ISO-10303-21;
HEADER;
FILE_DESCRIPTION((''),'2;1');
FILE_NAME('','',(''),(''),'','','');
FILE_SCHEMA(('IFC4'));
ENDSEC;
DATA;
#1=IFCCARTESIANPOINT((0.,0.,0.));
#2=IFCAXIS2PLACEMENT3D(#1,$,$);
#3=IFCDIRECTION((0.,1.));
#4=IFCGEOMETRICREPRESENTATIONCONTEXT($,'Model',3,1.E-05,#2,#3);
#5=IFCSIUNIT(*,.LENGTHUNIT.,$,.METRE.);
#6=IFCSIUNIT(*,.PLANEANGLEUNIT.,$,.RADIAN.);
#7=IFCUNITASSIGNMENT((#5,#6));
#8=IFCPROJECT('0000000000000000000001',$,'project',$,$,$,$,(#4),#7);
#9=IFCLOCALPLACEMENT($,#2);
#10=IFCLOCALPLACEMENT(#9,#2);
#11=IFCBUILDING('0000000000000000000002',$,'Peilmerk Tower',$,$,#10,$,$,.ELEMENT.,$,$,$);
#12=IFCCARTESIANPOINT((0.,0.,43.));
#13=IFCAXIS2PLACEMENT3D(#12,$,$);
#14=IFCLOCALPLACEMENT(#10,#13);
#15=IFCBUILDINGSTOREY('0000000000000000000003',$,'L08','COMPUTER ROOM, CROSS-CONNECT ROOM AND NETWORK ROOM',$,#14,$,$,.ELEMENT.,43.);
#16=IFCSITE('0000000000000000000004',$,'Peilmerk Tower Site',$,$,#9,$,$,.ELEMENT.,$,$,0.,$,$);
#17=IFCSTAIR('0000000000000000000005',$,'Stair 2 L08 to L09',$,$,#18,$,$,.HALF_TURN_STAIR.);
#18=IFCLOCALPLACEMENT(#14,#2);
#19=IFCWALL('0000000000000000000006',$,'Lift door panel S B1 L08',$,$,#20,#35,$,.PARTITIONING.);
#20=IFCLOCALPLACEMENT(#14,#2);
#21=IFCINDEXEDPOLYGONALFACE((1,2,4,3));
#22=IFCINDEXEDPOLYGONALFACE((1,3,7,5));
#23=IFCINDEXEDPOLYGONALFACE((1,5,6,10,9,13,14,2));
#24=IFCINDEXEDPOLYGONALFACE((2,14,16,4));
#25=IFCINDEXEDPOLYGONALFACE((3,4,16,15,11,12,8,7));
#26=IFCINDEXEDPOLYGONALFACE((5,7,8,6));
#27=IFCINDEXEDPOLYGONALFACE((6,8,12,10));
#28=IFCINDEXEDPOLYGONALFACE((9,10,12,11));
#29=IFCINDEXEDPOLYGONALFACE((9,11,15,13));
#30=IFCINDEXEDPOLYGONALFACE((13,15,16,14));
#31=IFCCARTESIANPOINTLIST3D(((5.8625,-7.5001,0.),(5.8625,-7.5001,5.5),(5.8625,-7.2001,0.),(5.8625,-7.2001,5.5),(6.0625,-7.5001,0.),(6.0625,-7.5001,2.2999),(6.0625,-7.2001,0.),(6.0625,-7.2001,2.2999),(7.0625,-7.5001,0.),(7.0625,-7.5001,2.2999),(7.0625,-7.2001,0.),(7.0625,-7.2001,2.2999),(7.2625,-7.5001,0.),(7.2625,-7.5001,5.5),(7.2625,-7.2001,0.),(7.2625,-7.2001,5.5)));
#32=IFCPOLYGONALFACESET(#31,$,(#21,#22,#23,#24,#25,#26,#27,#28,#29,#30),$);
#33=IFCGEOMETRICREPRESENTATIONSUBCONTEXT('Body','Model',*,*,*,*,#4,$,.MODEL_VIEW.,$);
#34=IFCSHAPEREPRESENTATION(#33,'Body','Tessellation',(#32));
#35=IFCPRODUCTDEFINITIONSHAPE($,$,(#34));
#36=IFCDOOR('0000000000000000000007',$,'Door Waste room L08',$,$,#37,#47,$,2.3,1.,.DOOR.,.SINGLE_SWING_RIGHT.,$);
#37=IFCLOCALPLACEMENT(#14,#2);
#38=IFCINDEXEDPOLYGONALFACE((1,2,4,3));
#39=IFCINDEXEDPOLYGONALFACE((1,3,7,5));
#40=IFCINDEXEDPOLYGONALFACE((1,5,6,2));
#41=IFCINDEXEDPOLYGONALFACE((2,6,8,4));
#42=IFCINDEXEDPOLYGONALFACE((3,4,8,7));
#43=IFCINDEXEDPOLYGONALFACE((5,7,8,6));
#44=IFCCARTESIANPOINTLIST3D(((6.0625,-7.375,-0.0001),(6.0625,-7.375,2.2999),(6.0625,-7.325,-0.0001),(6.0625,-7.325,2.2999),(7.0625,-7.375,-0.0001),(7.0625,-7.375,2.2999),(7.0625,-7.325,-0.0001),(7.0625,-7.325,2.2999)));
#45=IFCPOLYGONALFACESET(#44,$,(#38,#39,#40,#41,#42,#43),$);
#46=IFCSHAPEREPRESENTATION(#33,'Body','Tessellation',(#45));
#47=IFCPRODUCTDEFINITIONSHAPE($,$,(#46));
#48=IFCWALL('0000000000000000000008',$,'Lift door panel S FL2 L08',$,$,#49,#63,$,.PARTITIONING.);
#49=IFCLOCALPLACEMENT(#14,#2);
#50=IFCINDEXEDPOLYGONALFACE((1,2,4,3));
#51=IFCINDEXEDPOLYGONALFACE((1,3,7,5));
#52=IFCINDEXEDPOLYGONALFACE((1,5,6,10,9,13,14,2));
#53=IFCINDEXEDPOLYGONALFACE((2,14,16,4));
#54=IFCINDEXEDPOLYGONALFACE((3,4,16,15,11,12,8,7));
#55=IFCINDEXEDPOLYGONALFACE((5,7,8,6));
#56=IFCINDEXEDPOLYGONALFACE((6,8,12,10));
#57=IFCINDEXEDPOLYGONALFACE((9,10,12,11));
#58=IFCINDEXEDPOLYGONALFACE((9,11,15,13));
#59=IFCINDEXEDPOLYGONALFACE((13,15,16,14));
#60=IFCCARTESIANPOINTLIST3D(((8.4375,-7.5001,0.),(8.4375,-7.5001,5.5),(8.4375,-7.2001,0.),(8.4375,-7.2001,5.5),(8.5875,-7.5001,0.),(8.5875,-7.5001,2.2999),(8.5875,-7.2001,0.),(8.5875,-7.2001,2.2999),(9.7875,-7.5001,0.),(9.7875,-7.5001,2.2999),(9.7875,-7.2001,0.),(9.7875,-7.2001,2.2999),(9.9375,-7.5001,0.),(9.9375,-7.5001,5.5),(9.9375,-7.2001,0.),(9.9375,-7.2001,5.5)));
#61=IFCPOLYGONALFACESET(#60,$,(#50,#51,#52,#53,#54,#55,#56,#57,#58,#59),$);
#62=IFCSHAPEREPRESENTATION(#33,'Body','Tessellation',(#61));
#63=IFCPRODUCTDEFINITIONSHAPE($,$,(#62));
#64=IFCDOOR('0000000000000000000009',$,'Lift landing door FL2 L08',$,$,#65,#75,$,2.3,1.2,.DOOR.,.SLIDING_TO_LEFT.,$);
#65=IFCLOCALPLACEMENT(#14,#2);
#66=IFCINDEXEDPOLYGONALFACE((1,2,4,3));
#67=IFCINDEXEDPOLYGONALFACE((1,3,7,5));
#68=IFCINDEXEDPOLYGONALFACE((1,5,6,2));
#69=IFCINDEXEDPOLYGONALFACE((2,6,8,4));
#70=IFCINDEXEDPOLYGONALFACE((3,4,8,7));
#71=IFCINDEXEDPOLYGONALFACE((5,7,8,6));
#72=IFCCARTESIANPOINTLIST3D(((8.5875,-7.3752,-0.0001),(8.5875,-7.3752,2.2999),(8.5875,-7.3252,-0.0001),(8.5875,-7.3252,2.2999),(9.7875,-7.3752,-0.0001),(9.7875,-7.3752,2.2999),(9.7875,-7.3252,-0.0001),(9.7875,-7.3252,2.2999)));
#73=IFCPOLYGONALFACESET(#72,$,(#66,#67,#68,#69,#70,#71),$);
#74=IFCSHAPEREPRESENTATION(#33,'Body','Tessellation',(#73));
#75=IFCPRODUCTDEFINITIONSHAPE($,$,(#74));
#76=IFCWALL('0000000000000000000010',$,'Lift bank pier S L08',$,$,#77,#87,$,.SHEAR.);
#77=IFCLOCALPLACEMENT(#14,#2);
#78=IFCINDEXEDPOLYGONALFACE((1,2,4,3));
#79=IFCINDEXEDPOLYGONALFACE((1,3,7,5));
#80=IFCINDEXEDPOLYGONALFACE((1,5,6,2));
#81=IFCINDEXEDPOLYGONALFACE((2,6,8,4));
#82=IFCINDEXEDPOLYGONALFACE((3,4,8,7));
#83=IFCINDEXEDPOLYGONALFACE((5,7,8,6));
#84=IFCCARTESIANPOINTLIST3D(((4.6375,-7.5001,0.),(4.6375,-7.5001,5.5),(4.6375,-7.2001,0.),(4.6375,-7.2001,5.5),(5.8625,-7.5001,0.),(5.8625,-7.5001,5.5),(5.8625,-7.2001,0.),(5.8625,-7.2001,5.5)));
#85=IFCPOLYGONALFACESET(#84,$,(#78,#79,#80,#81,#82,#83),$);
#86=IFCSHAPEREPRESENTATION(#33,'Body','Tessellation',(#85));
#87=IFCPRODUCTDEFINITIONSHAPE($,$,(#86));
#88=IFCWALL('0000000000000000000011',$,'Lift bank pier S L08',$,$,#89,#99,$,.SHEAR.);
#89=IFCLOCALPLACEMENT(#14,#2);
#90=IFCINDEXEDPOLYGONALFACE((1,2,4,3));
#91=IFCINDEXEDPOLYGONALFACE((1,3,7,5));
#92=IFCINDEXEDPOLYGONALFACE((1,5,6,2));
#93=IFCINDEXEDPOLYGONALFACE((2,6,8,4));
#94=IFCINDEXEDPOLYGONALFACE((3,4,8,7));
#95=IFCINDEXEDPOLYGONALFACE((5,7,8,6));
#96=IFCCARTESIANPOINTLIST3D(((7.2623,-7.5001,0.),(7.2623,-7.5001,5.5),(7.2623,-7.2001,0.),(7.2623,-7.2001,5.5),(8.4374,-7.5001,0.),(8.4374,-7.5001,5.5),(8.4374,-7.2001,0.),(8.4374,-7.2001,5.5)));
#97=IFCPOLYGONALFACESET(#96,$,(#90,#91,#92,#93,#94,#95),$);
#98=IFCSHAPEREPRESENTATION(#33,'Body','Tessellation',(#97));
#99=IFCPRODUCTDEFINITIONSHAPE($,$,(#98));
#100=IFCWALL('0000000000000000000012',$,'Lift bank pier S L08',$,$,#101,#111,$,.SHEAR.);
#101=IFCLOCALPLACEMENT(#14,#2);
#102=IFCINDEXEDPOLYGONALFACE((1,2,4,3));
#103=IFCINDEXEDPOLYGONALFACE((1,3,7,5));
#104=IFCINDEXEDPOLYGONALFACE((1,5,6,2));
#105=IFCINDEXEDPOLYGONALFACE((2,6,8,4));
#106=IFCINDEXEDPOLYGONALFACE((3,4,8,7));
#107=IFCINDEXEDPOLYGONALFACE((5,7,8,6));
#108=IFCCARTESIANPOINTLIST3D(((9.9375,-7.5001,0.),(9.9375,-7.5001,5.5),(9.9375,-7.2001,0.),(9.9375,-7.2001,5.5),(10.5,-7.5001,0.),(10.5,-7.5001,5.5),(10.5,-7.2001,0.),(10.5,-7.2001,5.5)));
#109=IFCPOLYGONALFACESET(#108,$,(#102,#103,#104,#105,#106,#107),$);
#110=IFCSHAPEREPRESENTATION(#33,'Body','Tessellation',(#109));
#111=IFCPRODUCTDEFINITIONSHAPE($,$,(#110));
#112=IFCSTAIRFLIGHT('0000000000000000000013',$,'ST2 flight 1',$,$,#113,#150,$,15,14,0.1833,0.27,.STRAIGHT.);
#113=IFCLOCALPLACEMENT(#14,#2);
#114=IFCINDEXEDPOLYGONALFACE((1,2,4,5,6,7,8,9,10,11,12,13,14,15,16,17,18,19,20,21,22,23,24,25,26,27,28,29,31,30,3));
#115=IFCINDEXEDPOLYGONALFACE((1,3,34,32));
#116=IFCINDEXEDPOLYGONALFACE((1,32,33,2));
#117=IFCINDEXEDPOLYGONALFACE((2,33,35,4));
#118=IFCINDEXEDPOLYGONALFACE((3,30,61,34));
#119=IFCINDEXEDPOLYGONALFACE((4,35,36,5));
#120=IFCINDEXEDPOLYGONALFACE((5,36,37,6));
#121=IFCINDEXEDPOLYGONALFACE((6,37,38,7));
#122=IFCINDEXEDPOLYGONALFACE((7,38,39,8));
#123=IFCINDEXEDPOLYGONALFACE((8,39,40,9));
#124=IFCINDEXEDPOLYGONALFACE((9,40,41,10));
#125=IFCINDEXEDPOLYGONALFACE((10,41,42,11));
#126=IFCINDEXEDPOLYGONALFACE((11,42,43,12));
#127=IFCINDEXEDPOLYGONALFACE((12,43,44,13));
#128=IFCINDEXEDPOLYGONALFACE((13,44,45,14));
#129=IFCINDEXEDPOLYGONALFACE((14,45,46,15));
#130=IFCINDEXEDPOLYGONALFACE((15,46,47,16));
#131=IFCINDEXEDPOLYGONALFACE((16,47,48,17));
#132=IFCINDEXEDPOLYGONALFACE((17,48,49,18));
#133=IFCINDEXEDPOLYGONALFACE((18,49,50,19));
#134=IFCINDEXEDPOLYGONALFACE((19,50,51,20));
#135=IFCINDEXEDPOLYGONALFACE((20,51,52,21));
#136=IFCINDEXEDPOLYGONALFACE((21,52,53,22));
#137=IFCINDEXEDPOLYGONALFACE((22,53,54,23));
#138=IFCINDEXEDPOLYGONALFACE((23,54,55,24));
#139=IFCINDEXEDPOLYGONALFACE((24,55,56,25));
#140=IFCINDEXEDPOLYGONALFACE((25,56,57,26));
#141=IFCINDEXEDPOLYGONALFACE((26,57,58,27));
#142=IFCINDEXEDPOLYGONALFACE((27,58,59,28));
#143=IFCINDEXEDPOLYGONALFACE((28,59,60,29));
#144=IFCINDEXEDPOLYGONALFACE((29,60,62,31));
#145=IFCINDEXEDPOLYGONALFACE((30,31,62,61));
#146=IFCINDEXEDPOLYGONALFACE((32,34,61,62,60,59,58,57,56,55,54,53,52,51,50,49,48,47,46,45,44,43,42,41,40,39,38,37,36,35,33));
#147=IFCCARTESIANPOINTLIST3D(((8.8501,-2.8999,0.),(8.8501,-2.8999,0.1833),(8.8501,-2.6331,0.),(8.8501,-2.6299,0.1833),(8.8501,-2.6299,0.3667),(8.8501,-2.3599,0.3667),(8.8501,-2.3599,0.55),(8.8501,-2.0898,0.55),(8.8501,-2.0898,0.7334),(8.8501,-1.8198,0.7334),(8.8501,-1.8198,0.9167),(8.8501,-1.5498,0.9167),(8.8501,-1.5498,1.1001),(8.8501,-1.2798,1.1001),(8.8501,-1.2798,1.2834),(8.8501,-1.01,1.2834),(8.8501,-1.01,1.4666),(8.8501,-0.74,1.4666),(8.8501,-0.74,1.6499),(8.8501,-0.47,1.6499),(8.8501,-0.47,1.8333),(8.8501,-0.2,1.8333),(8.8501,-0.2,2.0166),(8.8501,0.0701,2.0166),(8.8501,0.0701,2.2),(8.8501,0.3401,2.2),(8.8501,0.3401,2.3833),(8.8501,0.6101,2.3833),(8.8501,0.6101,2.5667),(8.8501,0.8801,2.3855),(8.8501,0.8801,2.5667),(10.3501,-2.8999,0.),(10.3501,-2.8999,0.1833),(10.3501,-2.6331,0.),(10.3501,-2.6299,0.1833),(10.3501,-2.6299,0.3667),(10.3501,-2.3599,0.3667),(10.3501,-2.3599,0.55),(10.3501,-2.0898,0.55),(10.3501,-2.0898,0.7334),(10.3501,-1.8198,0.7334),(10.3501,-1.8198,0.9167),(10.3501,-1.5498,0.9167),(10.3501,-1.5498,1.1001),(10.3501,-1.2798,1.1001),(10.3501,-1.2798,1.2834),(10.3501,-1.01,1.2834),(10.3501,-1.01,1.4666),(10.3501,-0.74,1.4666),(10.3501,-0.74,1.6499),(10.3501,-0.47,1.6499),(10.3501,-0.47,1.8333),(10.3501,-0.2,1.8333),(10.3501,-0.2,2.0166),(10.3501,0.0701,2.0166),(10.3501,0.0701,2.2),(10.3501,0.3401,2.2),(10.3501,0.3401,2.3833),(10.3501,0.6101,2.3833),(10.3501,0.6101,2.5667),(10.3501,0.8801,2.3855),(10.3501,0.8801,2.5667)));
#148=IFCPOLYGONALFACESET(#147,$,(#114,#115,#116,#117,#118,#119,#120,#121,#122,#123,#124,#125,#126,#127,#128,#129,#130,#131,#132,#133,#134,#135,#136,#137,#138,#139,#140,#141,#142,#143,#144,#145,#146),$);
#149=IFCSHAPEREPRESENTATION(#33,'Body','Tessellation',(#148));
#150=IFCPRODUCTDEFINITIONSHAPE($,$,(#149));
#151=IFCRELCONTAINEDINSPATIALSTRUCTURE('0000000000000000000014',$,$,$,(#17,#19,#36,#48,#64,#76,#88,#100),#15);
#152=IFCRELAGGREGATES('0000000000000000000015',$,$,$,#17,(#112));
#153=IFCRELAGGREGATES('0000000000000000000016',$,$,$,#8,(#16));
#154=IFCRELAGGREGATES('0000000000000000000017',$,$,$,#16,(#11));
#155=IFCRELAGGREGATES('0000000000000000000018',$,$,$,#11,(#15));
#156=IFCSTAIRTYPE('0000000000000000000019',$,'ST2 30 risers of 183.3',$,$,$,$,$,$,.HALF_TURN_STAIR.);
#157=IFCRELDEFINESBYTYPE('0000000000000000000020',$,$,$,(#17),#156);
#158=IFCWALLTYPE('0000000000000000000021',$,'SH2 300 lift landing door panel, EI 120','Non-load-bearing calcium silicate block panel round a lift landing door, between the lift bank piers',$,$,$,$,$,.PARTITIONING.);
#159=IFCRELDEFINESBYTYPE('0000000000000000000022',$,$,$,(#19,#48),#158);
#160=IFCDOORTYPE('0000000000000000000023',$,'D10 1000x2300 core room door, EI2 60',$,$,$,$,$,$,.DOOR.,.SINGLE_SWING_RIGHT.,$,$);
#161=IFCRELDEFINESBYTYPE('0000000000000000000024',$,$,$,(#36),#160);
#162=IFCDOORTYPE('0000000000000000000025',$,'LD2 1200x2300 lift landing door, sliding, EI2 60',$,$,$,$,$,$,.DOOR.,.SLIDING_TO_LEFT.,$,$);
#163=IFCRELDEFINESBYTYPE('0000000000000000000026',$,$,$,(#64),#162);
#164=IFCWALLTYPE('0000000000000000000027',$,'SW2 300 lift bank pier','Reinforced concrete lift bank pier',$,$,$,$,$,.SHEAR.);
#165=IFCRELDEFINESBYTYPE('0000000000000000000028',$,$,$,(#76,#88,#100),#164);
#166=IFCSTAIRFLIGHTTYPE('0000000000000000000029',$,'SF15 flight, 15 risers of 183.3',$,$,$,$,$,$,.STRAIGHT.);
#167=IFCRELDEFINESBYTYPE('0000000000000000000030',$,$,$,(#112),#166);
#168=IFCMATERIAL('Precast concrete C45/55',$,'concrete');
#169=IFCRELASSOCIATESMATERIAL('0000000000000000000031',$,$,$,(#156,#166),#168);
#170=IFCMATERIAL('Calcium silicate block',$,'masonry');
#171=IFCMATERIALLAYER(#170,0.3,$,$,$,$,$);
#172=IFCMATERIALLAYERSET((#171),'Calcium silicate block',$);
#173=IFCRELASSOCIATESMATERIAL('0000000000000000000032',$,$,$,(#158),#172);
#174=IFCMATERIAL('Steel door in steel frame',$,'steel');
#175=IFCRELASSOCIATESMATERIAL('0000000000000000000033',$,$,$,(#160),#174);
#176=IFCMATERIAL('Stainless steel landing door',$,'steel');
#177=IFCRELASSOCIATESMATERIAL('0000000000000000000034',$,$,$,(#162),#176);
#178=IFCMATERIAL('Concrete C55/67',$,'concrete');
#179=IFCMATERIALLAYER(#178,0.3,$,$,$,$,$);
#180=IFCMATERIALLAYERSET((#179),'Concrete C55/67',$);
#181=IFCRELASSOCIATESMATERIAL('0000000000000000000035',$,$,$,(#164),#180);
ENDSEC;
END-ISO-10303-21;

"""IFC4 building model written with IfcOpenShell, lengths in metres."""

from ifc_helpers import new_model, si_unit, direction, frame, frame_2d, origin, place, context, subcontext, project, spatial, polyline, rectangle, outline, extrude, material, layer, layer_set, type_object, element, fill, aggregate, save


model = new_model("IFC4")

# Units and contexts
model_context = context("Model", 3, precision=1e-05, world=origin(), true_north=direction((0.0, 1.0)))
body_context = subcontext(model_context, "Body", "Model", "MODEL_VIEW")
ifc_project = project(units=[si_unit("LENGTHUNIT", "METRE"), si_unit("PLANEANGLEUNIT", "RADIAN")], contexts=[model_context])

# Site, building, storey
site_placement = place(None, origin())
site = spatial("IfcSite", under=ifc_project, at=site_placement, Name="Peilmerk Tower Site", CompositionType="ELEMENT", RefElevation=0.0)
building_placement = place(site_placement, origin())
building = spatial("IfcBuilding", under=site, at=building_placement, Name="Peilmerk Tower", CompositionType="ELEMENT")
storey_placement = place(building_placement, frame((0.0, 0.0, 43.0)))
storey = spatial("IfcBuildingStorey", under=building, at=storey_placement, Name="L08", Description="COMPUTER ROOM, CROSS-CONNECT ROOM AND NETWORK ROOM", CompositionType="ELEMENT", Elevation=43.0)

# Stair
ifc_material_1 = material(Name="Precast concrete C45/55", Category="concrete")
stair_type_1 = type_object("IfcStairType", Name="ST2 30 risers of 183.3", PredefinedType="HALF_TURN_STAIR", material=ifc_material_1)
stair_1_placement = place(storey_placement, origin())
stair_1 = element("IfcStair", 1, at=stair_1_placement, inside=storey, type_object=stair_type_1, Name="Stair 2 L08 to L09", PredefinedType="HALF_TURN_STAIR")

# Shared definitions
ifc_material_2 = material(Name="Steel door in steel frame", Category="steel")

# Shared definitions
ifc_material_3 = material(Name="Calcium silicate block", Category="masonry")
ifc_layer_1 = layer(ifc_material_3, 0.3)
ifc_layer_set_1 = layer_set([ifc_layer_1], Name="Calcium silicate block")
wall_type_1 = type_object("IfcWallType", Name="SH2 300 lift landing door panel, EI 120", Description="Non-load-bearing calcium silicate block panel round a lift landing door, between the lift bank piers", PredefinedType="PARTITIONING", material=ifc_layer_set_1)

# Walls, openings, doors
wall_1_placement = place(storey_placement, frame((5.8625, -7.3501, 0.0), z_axis=(0.0, 0.0, 1.0), x_axis=(1.0, 0.0, 0.0)))
wall_1 = element("IfcWall", 2, at=wall_1_placement, inside=storey, type_object=wall_type_1, Name="Lift door panel S B1 L08", PredefinedType="PARTITIONING", context=body_context, shape_type="SweptSolid", body=[
    extrude(rectangle(XDim=1.3999, YDim=0.3, at=frame_2d((0.7, 0.0))), origin(), (0.0, 0.0, 1.0), 5.5),
])
opening_1_placement = place(wall_1_placement, frame((0.2, 0.0, 0.0)))
opening_1 = element("IfcOpeningElement", 3, at=opening_1_placement, cuts=wall_1, PredefinedType="OPENING", context=body_context, shape_type="SweptSolid", body=[
    extrude(rectangle(XDim=1.0, YDim=2.3, at=frame_2d((0.5, 1.1499))), frame((0.0, 0.1599, 0.0), z_axis=(0.0, -1.0, 0.0), x_axis=(1.0, 0.0, 0.0)), (0.0, 0.0, 1.0), 0.3201),
])
door_type_1 = type_object("IfcDoorType", Name="D10 1000x2300 core room door, EI2 60", OperationType="SINGLE_SWING_RIGHT", PredefinedType="DOOR", material=ifc_material_2)
door_1_placement = place(opening_1_placement, frame((1.0, 0.0, 0.0), z_axis=(0.0, 0.0, 1.0), x_axis=(-1.0, 0.0, 0.0)))
door_1 = element("IfcDoor", 4, at=door_1_placement, inside=storey, type_object=door_type_1, Name="Door Waste room L08", OperationType="SINGLE_SWING_RIGHT", OverallHeight=2.3, OverallWidth=1.0, PredefinedType="DOOR", context=body_context, shape_type="SweptSolid", body=[
    extrude(rectangle(XDim=1.0, YDim=2.3, at=frame_2d((0.5, 1.1499))), frame((0.0, 0.0249, 0.0), z_axis=(0.0, -1.0, 0.0), x_axis=(1.0, 0.0, 0.0)), (0.0, 0.0, 1.0), 0.05),
])
fill(opening_1, door_1)
wall_2_placement = place(storey_placement, frame((8.4375, -7.3501, 0.0), z_axis=(0.0, 0.0, 1.0), x_axis=(1.0, 0.0, 0.0)))
wall_2 = element("IfcWall", 5, at=wall_2_placement, inside=storey, type_object=wall_type_1, Name="Lift door panel S FL2 L08", PredefinedType="PARTITIONING", context=body_context, shape_type="SweptSolid", body=[
    extrude(rectangle(XDim=1.5, YDim=0.3, at=frame_2d((0.75, 0.0))), origin(), (0.0, 0.0, 1.0), 5.5),
])
opening_2_placement = place(wall_2_placement, frame((0.1499, 0.0, 0.0)))
opening_2 = element("IfcOpeningElement", 6, at=opening_2_placement, cuts=wall_2, PredefinedType="OPENING", context=body_context, shape_type="SweptSolid", body=[
    extrude(rectangle(XDim=1.2, YDim=2.3, at=frame_2d((0.6001, 1.1499))), frame((0.0, 0.1599, 0.0), z_axis=(0.0, -1.0, 0.0), x_axis=(1.0, 0.0, 0.0)), (0.0, 0.0, 1.0), 0.3201),
])
ifc_material_4 = material(Name="Stainless steel landing door", Category="steel")
door_type_2 = type_object("IfcDoorType", Name="LD2 1200x2300 lift landing door, sliding, EI2 60", OperationType="SLIDING_TO_LEFT", PredefinedType="DOOR", material=ifc_material_4)
door_2_placement = place(opening_2_placement, origin())
door_2 = element("IfcDoor", 7, at=door_2_placement, inside=storey, type_object=door_type_2, Name="Lift landing door FL2 L08", OperationType="SLIDING_TO_LEFT", OverallHeight=2.3, OverallWidth=1.2, PredefinedType="DOOR", context=body_context, shape_type="SweptSolid", body=[
    extrude(rectangle(XDim=1.2, YDim=2.3, at=frame_2d((0.6001, 1.1499))), frame((0.0, 0.0249, 0.0), z_axis=(0.0, -1.0, 0.0), x_axis=(1.0, 0.0, 0.0)), (0.0, 0.0, 1.0), 0.05),
])
fill(opening_2, door_2)

# Walls
ifc_material_5 = material(Name="Concrete C55/67", Category="concrete")
ifc_layer_2 = layer(ifc_material_5, 0.3)
ifc_layer_set_2 = layer_set([ifc_layer_2], Name="Concrete C55/67")
wall_type_2 = type_object("IfcWallType", Name="SW2 300 lift bank pier", Description="Reinforced concrete lift bank pier", PredefinedType="SHEAR", material=ifc_layer_set_2)
wall_3_placement = place(storey_placement, frame((4.6375, -7.3501, 0.0), z_axis=(0.0, 0.0, 1.0), x_axis=(1.0, 0.0, 0.0)))
element("IfcWall", 8, at=wall_3_placement, inside=storey, type_object=wall_type_2, Name="Lift bank pier S L08", PredefinedType="SHEAR", context=body_context, shape_type="SweptSolid", body=[
    extrude(rectangle(XDim=1.2251, YDim=0.3, at=frame_2d((0.6125, 0.0))), origin(), (0.0, 0.0, 1.0), 5.5),
])
wall_4_placement = place(storey_placement, frame((7.2625, -7.3501, 0.0), z_axis=(0.0, 0.0, 1.0), x_axis=(1.0, 0.0, 0.0)))
element("IfcWall", 9, at=wall_4_placement, inside=storey, type_object=wall_type_2, Name="Lift bank pier S L08", PredefinedType="SHEAR", context=body_context, shape_type="SweptSolid", body=[
    extrude(rectangle(XDim=1.175, YDim=0.3, at=frame_2d((0.5874, 0.0))), origin(), (0.0, 0.0, 1.0), 5.5),
])
wall_5_placement = place(storey_placement, frame((9.9375, -7.3501, 0.0), z_axis=(0.0, 0.0, 1.0), x_axis=(1.0, 0.0, 0.0)))
element("IfcWall", 10, at=wall_5_placement, inside=storey, type_object=wall_type_2, Name="Lift bank pier S L08", PredefinedType="SHEAR", context=body_context, shape_type="SweptSolid", body=[
    extrude(rectangle(XDim=0.5625, YDim=0.3, at=frame_2d((0.2812, 0.0))), origin(), (0.0, 0.0, 1.0), 5.5),
])

# Stair flight
stair_flight_type = type_object("IfcStairFlightType", Name="SF15 flight, 15 risers of 183.3", PredefinedType="STRAIGHT", material=ifc_material_1)
stair_flight_placement = place(storey_placement, frame((9.6001, -2.8999, 0.0), z_axis=(0.0, 0.0, 1.0), x_axis=(0.0, 1.0, 0.0)))
stair_flight = element("IfcStairFlight", 11, at=stair_flight_placement, type_object=stair_flight_type, Name="ST2 flight 1", NumberOfRisers=15, NumberOfTreads=14, PredefinedType="STRAIGHT", RiserHeight=0.1833, TreadLength=0.27, context=body_context, shape_type="SweptSolid", body=[
    extrude(outline(polyline([(0.0, 0.0), (0.0, 0.1833), (0.27, 0.1833), (0.27, 0.3667), (0.54, 0.3667), (0.54, 0.55), (0.8101, 0.55), (0.8101, 0.7334), (1.0801, 0.7334), (1.0801, 0.9167), (1.3501, 0.9167), (1.3501, 1.1001), (1.6201, 1.1001), (1.6201, 1.2834), (1.8899, 1.2834), (1.8899, 1.4666), (2.1599, 1.4666), (2.1599, 1.6499), (2.4299, 1.6499), (2.4299, 1.8333), (2.7, 1.8333), (2.7, 2.0166), (2.97, 2.0166), (2.97, 2.2), (3.24, 2.2), (3.24, 2.3833), (3.51, 2.3833), (3.51, 2.5667), (3.78, 2.5667), (3.78, 2.75), (3.78, 2.3855), (0.2668, 0.0), (0.0, 0.0)])), frame((0.0, 0.75, 0.0), z_axis=(0.0, -1.0, 0.0), x_axis=(1.0, 0.0, 0.0)), (0.0, 0.0, 1.0), 1.5),
])
aggregate(stair_1, [stair_flight])

save(model, "model.ifc")
